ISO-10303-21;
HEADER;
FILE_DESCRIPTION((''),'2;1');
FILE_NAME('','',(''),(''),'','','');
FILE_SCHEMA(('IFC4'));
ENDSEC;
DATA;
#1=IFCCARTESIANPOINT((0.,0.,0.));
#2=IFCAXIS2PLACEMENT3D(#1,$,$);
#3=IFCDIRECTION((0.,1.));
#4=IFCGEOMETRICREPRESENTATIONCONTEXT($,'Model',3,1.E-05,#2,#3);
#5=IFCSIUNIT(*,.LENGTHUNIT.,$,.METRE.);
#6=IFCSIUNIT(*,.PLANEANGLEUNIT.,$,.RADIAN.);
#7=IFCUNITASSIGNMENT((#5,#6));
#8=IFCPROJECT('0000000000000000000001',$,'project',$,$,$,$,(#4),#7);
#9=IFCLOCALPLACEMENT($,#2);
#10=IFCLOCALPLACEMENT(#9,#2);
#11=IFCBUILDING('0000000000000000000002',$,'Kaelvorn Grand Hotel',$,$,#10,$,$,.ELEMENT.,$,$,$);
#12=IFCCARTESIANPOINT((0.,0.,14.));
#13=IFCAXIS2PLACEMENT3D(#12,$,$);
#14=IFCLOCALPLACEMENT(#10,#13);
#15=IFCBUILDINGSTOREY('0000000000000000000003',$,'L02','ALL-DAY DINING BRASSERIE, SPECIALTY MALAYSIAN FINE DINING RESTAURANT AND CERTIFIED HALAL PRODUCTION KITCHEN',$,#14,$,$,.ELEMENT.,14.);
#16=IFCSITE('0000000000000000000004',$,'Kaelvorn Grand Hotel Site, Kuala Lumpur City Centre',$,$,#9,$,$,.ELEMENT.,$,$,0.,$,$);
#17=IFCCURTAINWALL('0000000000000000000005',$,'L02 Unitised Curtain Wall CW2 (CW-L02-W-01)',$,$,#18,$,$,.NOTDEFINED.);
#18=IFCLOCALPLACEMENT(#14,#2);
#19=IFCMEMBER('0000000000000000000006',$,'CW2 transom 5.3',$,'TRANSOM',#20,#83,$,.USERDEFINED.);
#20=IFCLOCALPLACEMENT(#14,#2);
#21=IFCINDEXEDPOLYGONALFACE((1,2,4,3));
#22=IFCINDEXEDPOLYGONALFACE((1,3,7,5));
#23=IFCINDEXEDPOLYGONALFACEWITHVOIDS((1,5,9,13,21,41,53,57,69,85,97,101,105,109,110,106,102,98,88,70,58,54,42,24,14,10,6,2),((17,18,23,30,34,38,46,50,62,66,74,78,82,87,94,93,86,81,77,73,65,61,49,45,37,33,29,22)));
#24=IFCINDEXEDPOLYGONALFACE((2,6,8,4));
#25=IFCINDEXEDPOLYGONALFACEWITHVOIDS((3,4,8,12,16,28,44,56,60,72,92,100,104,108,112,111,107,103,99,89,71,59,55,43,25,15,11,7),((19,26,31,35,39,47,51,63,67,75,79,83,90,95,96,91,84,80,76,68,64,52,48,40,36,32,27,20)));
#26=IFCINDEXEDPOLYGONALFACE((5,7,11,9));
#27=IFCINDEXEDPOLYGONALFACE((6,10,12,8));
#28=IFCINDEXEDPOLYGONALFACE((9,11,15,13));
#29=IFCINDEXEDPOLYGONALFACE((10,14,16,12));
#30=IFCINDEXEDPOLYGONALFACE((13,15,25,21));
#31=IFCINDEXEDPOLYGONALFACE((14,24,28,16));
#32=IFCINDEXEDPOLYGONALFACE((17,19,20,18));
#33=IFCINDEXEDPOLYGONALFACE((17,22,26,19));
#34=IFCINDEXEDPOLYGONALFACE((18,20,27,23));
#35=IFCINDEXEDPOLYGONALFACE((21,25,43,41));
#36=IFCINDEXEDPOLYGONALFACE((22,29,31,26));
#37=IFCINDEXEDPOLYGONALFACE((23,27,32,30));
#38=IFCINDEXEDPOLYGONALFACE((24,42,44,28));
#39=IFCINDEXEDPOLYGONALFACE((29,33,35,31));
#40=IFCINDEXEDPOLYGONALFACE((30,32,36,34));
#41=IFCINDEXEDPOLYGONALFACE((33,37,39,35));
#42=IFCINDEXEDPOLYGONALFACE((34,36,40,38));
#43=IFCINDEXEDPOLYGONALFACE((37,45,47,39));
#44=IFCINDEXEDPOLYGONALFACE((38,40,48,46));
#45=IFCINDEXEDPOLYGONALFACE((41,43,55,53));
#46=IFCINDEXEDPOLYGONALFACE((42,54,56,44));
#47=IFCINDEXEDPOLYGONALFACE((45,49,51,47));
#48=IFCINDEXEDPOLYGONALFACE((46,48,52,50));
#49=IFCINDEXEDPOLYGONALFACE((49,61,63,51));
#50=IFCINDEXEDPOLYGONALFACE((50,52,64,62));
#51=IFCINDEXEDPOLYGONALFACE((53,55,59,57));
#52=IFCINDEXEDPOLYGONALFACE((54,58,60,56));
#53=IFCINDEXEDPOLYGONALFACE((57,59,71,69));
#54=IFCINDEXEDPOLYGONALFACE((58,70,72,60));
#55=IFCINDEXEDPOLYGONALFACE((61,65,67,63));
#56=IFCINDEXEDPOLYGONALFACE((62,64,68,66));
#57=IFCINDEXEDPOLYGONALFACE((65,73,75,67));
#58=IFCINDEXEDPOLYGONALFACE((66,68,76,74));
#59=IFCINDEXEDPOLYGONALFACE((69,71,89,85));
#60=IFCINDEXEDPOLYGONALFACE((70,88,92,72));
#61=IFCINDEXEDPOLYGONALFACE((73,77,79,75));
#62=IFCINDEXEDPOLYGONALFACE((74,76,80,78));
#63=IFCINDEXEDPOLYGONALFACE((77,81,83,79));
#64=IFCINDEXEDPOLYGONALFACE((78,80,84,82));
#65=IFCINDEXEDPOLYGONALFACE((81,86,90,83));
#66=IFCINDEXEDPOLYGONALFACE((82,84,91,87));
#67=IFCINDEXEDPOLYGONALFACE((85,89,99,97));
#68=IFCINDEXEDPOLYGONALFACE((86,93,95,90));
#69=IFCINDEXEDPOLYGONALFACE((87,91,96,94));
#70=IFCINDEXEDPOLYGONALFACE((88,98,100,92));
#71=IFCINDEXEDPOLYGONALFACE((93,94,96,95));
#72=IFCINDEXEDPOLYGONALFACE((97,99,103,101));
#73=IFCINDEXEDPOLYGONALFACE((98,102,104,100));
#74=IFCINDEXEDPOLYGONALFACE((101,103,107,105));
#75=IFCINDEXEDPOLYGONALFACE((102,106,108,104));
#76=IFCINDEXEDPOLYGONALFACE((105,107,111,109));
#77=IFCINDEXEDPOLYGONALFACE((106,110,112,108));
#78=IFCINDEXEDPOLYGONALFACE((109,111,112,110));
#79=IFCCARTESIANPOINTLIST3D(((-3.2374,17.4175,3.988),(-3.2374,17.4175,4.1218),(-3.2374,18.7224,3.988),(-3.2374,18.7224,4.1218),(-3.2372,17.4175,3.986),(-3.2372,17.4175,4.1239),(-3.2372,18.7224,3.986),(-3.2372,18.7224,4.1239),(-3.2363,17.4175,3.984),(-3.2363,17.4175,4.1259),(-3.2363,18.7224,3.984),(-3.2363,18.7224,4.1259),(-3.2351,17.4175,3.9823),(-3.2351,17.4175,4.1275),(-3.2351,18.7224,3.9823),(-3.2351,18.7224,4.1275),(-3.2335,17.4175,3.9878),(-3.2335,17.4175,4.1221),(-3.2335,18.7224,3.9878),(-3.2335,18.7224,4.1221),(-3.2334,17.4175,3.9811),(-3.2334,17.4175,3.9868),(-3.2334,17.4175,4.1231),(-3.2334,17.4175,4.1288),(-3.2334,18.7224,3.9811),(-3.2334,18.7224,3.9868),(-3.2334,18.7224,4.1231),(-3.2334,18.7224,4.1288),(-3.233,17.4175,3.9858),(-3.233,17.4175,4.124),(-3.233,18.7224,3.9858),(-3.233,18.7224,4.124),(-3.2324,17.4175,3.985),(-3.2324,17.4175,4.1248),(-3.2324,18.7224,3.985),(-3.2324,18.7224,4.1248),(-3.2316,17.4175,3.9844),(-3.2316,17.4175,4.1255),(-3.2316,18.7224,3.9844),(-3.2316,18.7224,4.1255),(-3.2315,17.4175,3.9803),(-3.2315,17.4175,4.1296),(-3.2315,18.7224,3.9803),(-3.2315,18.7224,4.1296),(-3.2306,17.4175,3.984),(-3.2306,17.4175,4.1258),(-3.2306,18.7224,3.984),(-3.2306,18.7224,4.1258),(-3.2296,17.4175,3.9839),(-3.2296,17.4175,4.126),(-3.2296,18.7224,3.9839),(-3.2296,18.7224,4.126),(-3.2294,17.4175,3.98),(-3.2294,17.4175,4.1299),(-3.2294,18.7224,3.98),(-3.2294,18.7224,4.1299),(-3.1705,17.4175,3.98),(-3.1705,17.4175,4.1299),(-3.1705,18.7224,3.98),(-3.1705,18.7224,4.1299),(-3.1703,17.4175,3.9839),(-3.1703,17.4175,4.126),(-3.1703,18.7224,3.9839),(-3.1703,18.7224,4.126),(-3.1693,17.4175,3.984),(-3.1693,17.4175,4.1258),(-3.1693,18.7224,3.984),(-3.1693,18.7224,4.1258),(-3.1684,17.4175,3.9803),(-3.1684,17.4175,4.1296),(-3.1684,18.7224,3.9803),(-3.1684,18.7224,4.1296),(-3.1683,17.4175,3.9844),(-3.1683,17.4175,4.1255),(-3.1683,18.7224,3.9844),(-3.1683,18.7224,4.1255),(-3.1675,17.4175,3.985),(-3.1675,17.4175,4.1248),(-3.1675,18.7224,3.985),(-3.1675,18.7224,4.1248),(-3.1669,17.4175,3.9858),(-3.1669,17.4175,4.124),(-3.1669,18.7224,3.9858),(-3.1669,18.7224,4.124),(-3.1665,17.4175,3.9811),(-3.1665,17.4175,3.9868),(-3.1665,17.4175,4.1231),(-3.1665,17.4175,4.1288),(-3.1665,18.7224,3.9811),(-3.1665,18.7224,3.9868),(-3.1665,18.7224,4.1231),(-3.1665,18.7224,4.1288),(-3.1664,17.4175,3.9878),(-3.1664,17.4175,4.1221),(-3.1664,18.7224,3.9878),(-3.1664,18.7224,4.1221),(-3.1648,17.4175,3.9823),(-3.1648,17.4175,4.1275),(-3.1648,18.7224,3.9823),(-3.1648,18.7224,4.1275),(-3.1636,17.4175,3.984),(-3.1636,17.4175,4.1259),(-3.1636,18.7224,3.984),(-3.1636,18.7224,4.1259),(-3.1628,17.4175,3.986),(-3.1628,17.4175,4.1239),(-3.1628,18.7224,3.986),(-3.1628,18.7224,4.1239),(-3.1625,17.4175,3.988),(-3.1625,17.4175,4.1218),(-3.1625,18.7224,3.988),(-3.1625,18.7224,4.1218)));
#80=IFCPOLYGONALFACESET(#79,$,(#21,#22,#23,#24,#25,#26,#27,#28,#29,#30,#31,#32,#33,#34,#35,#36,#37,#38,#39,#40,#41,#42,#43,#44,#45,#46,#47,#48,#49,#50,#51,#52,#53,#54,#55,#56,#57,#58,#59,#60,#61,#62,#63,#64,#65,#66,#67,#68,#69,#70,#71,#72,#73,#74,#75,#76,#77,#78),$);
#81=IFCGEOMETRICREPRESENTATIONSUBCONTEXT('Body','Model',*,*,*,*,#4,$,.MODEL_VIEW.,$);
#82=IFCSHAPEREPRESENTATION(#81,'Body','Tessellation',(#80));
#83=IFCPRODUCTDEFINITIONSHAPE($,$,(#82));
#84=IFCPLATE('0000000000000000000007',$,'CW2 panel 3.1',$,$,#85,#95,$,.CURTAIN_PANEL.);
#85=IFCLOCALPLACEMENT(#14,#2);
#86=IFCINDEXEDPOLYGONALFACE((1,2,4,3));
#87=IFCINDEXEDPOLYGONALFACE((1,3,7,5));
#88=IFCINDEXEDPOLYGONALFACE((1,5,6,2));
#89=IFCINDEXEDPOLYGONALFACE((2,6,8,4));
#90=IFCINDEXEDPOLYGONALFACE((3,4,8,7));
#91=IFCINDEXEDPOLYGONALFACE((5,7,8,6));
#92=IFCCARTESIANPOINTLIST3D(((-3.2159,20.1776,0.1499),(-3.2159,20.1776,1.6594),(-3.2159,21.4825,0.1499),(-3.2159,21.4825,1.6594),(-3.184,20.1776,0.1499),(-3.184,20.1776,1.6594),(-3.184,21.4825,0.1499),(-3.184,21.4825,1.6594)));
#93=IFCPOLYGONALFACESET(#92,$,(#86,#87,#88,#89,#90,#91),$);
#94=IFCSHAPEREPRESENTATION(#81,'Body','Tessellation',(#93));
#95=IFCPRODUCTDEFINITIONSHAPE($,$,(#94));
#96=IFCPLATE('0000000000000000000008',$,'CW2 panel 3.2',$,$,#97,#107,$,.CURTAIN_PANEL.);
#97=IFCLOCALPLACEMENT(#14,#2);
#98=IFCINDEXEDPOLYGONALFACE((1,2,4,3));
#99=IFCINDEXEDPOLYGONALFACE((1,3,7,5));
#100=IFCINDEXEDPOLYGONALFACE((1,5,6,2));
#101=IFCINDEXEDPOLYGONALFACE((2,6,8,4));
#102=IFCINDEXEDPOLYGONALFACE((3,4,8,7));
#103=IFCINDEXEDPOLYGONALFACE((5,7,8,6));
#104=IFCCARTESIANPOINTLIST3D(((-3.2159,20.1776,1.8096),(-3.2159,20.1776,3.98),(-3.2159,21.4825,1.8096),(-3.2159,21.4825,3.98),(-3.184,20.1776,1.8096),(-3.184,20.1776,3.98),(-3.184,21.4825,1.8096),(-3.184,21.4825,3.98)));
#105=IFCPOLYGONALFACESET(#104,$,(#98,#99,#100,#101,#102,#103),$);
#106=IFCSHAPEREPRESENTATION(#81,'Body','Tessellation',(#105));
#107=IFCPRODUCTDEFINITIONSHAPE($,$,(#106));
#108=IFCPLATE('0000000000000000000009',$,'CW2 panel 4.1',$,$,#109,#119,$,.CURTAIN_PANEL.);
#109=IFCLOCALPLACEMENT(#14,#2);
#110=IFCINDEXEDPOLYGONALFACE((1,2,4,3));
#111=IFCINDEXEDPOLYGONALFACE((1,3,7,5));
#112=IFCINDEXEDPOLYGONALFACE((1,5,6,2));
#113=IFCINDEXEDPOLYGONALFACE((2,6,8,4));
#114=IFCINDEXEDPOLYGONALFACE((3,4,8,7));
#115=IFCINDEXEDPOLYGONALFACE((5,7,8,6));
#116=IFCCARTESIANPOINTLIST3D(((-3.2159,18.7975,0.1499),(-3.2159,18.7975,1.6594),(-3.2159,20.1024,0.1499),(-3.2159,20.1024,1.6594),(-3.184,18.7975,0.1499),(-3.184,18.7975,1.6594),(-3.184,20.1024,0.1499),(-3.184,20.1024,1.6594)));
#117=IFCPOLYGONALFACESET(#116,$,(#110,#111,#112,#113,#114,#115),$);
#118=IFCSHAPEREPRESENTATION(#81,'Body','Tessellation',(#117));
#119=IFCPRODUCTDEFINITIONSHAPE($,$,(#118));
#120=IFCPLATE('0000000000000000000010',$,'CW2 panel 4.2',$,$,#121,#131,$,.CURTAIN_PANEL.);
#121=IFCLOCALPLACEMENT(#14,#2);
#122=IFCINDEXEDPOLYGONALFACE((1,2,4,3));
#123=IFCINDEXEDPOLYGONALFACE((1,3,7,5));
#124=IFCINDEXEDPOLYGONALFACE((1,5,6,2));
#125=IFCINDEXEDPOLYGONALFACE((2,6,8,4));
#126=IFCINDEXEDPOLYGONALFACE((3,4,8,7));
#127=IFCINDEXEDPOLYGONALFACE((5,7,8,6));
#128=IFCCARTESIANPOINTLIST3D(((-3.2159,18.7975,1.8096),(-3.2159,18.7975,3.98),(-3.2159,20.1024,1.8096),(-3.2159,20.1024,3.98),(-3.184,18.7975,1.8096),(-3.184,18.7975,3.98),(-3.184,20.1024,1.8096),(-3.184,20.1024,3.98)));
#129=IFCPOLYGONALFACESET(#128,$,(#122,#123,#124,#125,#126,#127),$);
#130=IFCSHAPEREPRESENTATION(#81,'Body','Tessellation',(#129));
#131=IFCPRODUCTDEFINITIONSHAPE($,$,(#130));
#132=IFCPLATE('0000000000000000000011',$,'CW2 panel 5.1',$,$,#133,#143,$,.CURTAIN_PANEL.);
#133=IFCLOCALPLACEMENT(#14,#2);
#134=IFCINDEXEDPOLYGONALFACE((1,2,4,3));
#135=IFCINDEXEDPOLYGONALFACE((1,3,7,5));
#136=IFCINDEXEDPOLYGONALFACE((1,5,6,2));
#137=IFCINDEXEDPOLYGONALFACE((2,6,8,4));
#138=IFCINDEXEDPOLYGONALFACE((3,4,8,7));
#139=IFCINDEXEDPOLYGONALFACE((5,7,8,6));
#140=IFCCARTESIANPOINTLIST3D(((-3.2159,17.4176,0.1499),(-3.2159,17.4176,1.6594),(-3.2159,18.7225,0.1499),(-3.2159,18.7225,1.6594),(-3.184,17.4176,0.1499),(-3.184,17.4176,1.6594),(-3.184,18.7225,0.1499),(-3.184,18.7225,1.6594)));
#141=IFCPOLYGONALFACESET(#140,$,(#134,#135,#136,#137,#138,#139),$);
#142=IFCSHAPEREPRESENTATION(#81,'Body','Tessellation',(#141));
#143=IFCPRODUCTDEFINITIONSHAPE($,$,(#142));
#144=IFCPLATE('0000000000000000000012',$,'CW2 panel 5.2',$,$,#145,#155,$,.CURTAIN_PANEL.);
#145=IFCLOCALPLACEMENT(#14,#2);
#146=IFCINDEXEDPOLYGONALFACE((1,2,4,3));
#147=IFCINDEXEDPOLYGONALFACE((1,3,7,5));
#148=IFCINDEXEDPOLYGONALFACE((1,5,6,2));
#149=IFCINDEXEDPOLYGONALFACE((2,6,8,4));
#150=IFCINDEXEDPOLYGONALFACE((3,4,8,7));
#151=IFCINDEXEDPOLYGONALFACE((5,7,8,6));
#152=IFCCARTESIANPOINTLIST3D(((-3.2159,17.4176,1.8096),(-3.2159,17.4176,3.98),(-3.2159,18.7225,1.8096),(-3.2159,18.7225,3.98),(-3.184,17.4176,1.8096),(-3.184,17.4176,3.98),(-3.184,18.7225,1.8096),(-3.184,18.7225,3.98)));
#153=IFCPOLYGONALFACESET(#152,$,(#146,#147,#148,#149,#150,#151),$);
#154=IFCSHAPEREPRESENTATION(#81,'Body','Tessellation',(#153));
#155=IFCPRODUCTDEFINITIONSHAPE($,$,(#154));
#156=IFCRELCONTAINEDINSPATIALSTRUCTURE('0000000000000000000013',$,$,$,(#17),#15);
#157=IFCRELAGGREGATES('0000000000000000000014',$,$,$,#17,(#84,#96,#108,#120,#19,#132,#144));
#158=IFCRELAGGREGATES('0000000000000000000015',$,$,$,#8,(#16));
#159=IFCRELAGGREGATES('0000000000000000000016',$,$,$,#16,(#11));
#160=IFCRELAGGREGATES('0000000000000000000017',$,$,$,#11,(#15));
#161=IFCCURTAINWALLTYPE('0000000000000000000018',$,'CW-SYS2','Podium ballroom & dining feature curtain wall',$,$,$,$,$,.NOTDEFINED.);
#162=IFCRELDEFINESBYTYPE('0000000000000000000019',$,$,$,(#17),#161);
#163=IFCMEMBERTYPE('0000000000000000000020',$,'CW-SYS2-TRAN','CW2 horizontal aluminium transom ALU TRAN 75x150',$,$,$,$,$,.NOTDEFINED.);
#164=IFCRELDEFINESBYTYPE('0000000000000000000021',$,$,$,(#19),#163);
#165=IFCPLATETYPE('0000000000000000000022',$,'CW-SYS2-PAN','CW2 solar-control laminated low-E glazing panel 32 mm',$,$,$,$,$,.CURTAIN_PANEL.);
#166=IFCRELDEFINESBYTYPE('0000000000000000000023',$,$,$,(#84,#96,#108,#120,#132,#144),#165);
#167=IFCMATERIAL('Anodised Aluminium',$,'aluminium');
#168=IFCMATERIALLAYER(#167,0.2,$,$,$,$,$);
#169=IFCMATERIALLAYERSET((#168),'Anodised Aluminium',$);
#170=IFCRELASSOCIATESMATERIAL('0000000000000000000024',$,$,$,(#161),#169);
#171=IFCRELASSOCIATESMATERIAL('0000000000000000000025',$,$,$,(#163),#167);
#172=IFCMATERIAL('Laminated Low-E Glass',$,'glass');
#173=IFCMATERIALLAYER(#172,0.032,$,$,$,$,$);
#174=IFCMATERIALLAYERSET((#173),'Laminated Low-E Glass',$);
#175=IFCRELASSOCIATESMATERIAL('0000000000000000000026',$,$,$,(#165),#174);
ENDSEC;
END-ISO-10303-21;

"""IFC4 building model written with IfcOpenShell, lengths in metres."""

from ifc_helpers import new_model, si_unit, direction, frame, origin, origin_2d, place, context, subcontext, project, spatial, rectangle, hollow_rectangle, extrude, material, layer, layer_set, material_profile, profile_set, type_object, element, aggregate, save


model = new_model("IFC4")

# Units and contexts
model_context = context("Model", 3, precision=1e-05, world=origin(), true_north=direction((0.0, 1.0)))
body_context = subcontext(model_context, "Body", "Model", "MODEL_VIEW")
ifc_project = project(units=[si_unit("LENGTHUNIT", "METRE"), si_unit("PLANEANGLEUNIT", "RADIAN")], contexts=[model_context])

# Site, building, storey
site_placement = place(None, origin())
site = spatial("IfcSite", under=ifc_project, at=site_placement, Name="Kaelvorn Grand Hotel Site, Kuala Lumpur City Centre", CompositionType="ELEMENT", RefElevation=0.0)
building_placement = place(site_placement, origin())
building = spatial("IfcBuilding", under=site, at=building_placement, Name="Kaelvorn Grand Hotel", CompositionType="ELEMENT")
storey_placement = place(building_placement, frame((0.0, 0.0, 14.0)))
storey = spatial("IfcBuildingStorey", under=building, at=storey_placement, Name="L02", Description="ALL-DAY DINING BRASSERIE, SPECIALTY MALAYSIAN FINE DINING RESTAURANT AND CERTIFIED HALAL PRODUCTION KITCHEN", CompositionType="ELEMENT", Elevation=14.0)

# Curtain wall, member, plates
ifc_material_1 = material(Name="Anodised Aluminium", Category="aluminium")
ifc_layer_1 = layer(ifc_material_1, 0.2)
ifc_layer_set_1 = layer_set([ifc_layer_1], Name="Anodised Aluminium")
curtain_wall_type = type_object("IfcCurtainWallType", Name="CW-SYS2", Description="Podium ballroom & dining feature curtain wall", PredefinedType="NOTDEFINED", material=ifc_layer_set_1)
curtain_wall_placement = place(storey_placement, origin())
curtain_wall = element("IfcCurtainWall", 1, at=curtain_wall_placement, inside=storey, type_object=curtain_wall_type, Name="L02 Unitised Curtain Wall CW2 (CW-L02-W-01)", PredefinedType="NOTDEFINED")
ifc_material_profile_1 = material_profile(ifc_material_1, hollow_rectangle(XDim=0.075, YDim=0.1499, WallThickness=0.0039, InnerFilletRadius=0.0039, OuterFilletRadius=0.0081, at=origin_2d()), Name="ALU TRAN 75x150")
ifc_profile_set_1 = profile_set([ifc_material_profile_1], Name="Anodised Aluminium")
member_type_1 = type_object("IfcMemberType", Name="CW-SYS2-TRAN", Description="CW2 horizontal aluminium transom ALU TRAN 75x150", PredefinedType="NOTDEFINED", material=ifc_profile_set_1)
member_1_placement = place(storey_placement, frame((-3.2, 18.7224, 4.0549), z_axis=(0.0, -1.0, 0.0), x_axis=(1.0, 0.0, 0.0)))
member_1 = element("IfcMember", 2, at=member_1_placement, type_object=member_type_1, Name="CW2 transom 5.3", ObjectType="TRANSOM", PredefinedType="USERDEFINED", context=body_context, shape_type="SweptSolid", body=[
    extrude(hollow_rectangle(XDim=0.075, YDim=0.1499, WallThickness=0.0039, InnerFilletRadius=0.0039, OuterFilletRadius=0.0081, at=origin_2d()), origin(), (0.0, 0.0, 1.0), 1.3049),
])
ifc_material_2 = material(Name="Laminated Low-E Glass", Category="glass")
ifc_layer_2 = layer(ifc_material_2, 0.032)
ifc_layer_set_2 = layer_set([ifc_layer_2], Name="Laminated Low-E Glass")
plate_type = type_object("IfcPlateType", Name="CW-SYS2-PAN", Description="CW2 solar-control laminated low-E glazing panel 32 mm", PredefinedType="CURTAIN_PANEL", material=ifc_layer_set_2)
plate_1_placement = place(storey_placement, frame((-3.2, 20.8301, 0.1499), z_axis=(0.0, 0.0, 1.0), x_axis=(0.0, -1.0, 0.0)))
plate_1 = element("IfcPlate", 3, at=plate_1_placement, type_object=plate_type, Name="CW2 panel 3.1", PredefinedType="CURTAIN_PANEL", context=body_context, shape_type="SweptSolid", body=[
    extrude(rectangle(XDim=1.3049, YDim=0.032, at=origin_2d()), origin(), (0.0, 0.0, 1.0), 1.5095),
])
plate_2_placement = place(storey_placement, frame((-3.2, 20.8301, 1.8096), z_axis=(0.0, 0.0, 1.0), x_axis=(0.0, -1.0, 0.0)))
plate_2 = element("IfcPlate", 4, at=plate_2_placement, type_object=plate_type, Name="CW2 panel 3.2", PredefinedType="CURTAIN_PANEL", context=body_context, shape_type="SweptSolid", body=[
    extrude(rectangle(XDim=1.3049, YDim=0.032, at=origin_2d()), origin(), (0.0, 0.0, 1.0), 2.1704),
])
plate_3_placement = place(storey_placement, frame((-3.2, 19.45, 0.1499), z_axis=(0.0, 0.0, 1.0), x_axis=(0.0, -1.0, 0.0)))
plate_3 = element("IfcPlate", 5, at=plate_3_placement, type_object=plate_type, Name="CW2 panel 4.1", PredefinedType="CURTAIN_PANEL", context=body_context, shape_type="SweptSolid", body=[
    extrude(rectangle(XDim=1.3049, YDim=0.032, at=origin_2d()), origin(), (0.0, 0.0, 1.0), 1.5095),
])
plate_4_placement = place(storey_placement, frame((-3.2, 19.45, 1.8096), z_axis=(0.0, 0.0, 1.0), x_axis=(0.0, -1.0, 0.0)))
plate_4 = element("IfcPlate", 6, at=plate_4_placement, type_object=plate_type, Name="CW2 panel 4.2", PredefinedType="CURTAIN_PANEL", context=body_context, shape_type="SweptSolid", body=[
    extrude(rectangle(XDim=1.3049, YDim=0.032, at=origin_2d()), origin(), (0.0, 0.0, 1.0), 2.1704),
])
plate_5_placement = place(storey_placement, frame((-3.2, 18.0701, 0.1499), z_axis=(0.0, 0.0, 1.0), x_axis=(0.0, -1.0, 0.0)))
plate_5 = element("IfcPlate", 7, at=plate_5_placement, type_object=plate_type, Name="CW2 panel 5.1", PredefinedType="CURTAIN_PANEL", context=body_context, shape_type="SweptSolid", body=[
    extrude(rectangle(XDim=1.3049, YDim=0.032, at=origin_2d()), origin(), (0.0, 0.0, 1.0), 1.5095),
])
plate_6_placement = place(storey_placement, frame((-3.2, 18.0701, 1.8096), z_axis=(0.0, 0.0, 1.0), x_axis=(0.0, -1.0, 0.0)))
plate_6 = element("IfcPlate", 8, at=plate_6_placement, type_object=plate_type, Name="CW2 panel 5.2", PredefinedType="CURTAIN_PANEL", context=body_context, shape_type="SweptSolid", body=[
    extrude(rectangle(XDim=1.3049, YDim=0.032, at=origin_2d()), origin(), (0.0, 0.0, 1.0), 2.1704),
])
aggregate(curtain_wall, [plate_1, plate_2, plate_3, plate_4, member_1, plate_5, plate_6])

save(model, "model.ifc")
